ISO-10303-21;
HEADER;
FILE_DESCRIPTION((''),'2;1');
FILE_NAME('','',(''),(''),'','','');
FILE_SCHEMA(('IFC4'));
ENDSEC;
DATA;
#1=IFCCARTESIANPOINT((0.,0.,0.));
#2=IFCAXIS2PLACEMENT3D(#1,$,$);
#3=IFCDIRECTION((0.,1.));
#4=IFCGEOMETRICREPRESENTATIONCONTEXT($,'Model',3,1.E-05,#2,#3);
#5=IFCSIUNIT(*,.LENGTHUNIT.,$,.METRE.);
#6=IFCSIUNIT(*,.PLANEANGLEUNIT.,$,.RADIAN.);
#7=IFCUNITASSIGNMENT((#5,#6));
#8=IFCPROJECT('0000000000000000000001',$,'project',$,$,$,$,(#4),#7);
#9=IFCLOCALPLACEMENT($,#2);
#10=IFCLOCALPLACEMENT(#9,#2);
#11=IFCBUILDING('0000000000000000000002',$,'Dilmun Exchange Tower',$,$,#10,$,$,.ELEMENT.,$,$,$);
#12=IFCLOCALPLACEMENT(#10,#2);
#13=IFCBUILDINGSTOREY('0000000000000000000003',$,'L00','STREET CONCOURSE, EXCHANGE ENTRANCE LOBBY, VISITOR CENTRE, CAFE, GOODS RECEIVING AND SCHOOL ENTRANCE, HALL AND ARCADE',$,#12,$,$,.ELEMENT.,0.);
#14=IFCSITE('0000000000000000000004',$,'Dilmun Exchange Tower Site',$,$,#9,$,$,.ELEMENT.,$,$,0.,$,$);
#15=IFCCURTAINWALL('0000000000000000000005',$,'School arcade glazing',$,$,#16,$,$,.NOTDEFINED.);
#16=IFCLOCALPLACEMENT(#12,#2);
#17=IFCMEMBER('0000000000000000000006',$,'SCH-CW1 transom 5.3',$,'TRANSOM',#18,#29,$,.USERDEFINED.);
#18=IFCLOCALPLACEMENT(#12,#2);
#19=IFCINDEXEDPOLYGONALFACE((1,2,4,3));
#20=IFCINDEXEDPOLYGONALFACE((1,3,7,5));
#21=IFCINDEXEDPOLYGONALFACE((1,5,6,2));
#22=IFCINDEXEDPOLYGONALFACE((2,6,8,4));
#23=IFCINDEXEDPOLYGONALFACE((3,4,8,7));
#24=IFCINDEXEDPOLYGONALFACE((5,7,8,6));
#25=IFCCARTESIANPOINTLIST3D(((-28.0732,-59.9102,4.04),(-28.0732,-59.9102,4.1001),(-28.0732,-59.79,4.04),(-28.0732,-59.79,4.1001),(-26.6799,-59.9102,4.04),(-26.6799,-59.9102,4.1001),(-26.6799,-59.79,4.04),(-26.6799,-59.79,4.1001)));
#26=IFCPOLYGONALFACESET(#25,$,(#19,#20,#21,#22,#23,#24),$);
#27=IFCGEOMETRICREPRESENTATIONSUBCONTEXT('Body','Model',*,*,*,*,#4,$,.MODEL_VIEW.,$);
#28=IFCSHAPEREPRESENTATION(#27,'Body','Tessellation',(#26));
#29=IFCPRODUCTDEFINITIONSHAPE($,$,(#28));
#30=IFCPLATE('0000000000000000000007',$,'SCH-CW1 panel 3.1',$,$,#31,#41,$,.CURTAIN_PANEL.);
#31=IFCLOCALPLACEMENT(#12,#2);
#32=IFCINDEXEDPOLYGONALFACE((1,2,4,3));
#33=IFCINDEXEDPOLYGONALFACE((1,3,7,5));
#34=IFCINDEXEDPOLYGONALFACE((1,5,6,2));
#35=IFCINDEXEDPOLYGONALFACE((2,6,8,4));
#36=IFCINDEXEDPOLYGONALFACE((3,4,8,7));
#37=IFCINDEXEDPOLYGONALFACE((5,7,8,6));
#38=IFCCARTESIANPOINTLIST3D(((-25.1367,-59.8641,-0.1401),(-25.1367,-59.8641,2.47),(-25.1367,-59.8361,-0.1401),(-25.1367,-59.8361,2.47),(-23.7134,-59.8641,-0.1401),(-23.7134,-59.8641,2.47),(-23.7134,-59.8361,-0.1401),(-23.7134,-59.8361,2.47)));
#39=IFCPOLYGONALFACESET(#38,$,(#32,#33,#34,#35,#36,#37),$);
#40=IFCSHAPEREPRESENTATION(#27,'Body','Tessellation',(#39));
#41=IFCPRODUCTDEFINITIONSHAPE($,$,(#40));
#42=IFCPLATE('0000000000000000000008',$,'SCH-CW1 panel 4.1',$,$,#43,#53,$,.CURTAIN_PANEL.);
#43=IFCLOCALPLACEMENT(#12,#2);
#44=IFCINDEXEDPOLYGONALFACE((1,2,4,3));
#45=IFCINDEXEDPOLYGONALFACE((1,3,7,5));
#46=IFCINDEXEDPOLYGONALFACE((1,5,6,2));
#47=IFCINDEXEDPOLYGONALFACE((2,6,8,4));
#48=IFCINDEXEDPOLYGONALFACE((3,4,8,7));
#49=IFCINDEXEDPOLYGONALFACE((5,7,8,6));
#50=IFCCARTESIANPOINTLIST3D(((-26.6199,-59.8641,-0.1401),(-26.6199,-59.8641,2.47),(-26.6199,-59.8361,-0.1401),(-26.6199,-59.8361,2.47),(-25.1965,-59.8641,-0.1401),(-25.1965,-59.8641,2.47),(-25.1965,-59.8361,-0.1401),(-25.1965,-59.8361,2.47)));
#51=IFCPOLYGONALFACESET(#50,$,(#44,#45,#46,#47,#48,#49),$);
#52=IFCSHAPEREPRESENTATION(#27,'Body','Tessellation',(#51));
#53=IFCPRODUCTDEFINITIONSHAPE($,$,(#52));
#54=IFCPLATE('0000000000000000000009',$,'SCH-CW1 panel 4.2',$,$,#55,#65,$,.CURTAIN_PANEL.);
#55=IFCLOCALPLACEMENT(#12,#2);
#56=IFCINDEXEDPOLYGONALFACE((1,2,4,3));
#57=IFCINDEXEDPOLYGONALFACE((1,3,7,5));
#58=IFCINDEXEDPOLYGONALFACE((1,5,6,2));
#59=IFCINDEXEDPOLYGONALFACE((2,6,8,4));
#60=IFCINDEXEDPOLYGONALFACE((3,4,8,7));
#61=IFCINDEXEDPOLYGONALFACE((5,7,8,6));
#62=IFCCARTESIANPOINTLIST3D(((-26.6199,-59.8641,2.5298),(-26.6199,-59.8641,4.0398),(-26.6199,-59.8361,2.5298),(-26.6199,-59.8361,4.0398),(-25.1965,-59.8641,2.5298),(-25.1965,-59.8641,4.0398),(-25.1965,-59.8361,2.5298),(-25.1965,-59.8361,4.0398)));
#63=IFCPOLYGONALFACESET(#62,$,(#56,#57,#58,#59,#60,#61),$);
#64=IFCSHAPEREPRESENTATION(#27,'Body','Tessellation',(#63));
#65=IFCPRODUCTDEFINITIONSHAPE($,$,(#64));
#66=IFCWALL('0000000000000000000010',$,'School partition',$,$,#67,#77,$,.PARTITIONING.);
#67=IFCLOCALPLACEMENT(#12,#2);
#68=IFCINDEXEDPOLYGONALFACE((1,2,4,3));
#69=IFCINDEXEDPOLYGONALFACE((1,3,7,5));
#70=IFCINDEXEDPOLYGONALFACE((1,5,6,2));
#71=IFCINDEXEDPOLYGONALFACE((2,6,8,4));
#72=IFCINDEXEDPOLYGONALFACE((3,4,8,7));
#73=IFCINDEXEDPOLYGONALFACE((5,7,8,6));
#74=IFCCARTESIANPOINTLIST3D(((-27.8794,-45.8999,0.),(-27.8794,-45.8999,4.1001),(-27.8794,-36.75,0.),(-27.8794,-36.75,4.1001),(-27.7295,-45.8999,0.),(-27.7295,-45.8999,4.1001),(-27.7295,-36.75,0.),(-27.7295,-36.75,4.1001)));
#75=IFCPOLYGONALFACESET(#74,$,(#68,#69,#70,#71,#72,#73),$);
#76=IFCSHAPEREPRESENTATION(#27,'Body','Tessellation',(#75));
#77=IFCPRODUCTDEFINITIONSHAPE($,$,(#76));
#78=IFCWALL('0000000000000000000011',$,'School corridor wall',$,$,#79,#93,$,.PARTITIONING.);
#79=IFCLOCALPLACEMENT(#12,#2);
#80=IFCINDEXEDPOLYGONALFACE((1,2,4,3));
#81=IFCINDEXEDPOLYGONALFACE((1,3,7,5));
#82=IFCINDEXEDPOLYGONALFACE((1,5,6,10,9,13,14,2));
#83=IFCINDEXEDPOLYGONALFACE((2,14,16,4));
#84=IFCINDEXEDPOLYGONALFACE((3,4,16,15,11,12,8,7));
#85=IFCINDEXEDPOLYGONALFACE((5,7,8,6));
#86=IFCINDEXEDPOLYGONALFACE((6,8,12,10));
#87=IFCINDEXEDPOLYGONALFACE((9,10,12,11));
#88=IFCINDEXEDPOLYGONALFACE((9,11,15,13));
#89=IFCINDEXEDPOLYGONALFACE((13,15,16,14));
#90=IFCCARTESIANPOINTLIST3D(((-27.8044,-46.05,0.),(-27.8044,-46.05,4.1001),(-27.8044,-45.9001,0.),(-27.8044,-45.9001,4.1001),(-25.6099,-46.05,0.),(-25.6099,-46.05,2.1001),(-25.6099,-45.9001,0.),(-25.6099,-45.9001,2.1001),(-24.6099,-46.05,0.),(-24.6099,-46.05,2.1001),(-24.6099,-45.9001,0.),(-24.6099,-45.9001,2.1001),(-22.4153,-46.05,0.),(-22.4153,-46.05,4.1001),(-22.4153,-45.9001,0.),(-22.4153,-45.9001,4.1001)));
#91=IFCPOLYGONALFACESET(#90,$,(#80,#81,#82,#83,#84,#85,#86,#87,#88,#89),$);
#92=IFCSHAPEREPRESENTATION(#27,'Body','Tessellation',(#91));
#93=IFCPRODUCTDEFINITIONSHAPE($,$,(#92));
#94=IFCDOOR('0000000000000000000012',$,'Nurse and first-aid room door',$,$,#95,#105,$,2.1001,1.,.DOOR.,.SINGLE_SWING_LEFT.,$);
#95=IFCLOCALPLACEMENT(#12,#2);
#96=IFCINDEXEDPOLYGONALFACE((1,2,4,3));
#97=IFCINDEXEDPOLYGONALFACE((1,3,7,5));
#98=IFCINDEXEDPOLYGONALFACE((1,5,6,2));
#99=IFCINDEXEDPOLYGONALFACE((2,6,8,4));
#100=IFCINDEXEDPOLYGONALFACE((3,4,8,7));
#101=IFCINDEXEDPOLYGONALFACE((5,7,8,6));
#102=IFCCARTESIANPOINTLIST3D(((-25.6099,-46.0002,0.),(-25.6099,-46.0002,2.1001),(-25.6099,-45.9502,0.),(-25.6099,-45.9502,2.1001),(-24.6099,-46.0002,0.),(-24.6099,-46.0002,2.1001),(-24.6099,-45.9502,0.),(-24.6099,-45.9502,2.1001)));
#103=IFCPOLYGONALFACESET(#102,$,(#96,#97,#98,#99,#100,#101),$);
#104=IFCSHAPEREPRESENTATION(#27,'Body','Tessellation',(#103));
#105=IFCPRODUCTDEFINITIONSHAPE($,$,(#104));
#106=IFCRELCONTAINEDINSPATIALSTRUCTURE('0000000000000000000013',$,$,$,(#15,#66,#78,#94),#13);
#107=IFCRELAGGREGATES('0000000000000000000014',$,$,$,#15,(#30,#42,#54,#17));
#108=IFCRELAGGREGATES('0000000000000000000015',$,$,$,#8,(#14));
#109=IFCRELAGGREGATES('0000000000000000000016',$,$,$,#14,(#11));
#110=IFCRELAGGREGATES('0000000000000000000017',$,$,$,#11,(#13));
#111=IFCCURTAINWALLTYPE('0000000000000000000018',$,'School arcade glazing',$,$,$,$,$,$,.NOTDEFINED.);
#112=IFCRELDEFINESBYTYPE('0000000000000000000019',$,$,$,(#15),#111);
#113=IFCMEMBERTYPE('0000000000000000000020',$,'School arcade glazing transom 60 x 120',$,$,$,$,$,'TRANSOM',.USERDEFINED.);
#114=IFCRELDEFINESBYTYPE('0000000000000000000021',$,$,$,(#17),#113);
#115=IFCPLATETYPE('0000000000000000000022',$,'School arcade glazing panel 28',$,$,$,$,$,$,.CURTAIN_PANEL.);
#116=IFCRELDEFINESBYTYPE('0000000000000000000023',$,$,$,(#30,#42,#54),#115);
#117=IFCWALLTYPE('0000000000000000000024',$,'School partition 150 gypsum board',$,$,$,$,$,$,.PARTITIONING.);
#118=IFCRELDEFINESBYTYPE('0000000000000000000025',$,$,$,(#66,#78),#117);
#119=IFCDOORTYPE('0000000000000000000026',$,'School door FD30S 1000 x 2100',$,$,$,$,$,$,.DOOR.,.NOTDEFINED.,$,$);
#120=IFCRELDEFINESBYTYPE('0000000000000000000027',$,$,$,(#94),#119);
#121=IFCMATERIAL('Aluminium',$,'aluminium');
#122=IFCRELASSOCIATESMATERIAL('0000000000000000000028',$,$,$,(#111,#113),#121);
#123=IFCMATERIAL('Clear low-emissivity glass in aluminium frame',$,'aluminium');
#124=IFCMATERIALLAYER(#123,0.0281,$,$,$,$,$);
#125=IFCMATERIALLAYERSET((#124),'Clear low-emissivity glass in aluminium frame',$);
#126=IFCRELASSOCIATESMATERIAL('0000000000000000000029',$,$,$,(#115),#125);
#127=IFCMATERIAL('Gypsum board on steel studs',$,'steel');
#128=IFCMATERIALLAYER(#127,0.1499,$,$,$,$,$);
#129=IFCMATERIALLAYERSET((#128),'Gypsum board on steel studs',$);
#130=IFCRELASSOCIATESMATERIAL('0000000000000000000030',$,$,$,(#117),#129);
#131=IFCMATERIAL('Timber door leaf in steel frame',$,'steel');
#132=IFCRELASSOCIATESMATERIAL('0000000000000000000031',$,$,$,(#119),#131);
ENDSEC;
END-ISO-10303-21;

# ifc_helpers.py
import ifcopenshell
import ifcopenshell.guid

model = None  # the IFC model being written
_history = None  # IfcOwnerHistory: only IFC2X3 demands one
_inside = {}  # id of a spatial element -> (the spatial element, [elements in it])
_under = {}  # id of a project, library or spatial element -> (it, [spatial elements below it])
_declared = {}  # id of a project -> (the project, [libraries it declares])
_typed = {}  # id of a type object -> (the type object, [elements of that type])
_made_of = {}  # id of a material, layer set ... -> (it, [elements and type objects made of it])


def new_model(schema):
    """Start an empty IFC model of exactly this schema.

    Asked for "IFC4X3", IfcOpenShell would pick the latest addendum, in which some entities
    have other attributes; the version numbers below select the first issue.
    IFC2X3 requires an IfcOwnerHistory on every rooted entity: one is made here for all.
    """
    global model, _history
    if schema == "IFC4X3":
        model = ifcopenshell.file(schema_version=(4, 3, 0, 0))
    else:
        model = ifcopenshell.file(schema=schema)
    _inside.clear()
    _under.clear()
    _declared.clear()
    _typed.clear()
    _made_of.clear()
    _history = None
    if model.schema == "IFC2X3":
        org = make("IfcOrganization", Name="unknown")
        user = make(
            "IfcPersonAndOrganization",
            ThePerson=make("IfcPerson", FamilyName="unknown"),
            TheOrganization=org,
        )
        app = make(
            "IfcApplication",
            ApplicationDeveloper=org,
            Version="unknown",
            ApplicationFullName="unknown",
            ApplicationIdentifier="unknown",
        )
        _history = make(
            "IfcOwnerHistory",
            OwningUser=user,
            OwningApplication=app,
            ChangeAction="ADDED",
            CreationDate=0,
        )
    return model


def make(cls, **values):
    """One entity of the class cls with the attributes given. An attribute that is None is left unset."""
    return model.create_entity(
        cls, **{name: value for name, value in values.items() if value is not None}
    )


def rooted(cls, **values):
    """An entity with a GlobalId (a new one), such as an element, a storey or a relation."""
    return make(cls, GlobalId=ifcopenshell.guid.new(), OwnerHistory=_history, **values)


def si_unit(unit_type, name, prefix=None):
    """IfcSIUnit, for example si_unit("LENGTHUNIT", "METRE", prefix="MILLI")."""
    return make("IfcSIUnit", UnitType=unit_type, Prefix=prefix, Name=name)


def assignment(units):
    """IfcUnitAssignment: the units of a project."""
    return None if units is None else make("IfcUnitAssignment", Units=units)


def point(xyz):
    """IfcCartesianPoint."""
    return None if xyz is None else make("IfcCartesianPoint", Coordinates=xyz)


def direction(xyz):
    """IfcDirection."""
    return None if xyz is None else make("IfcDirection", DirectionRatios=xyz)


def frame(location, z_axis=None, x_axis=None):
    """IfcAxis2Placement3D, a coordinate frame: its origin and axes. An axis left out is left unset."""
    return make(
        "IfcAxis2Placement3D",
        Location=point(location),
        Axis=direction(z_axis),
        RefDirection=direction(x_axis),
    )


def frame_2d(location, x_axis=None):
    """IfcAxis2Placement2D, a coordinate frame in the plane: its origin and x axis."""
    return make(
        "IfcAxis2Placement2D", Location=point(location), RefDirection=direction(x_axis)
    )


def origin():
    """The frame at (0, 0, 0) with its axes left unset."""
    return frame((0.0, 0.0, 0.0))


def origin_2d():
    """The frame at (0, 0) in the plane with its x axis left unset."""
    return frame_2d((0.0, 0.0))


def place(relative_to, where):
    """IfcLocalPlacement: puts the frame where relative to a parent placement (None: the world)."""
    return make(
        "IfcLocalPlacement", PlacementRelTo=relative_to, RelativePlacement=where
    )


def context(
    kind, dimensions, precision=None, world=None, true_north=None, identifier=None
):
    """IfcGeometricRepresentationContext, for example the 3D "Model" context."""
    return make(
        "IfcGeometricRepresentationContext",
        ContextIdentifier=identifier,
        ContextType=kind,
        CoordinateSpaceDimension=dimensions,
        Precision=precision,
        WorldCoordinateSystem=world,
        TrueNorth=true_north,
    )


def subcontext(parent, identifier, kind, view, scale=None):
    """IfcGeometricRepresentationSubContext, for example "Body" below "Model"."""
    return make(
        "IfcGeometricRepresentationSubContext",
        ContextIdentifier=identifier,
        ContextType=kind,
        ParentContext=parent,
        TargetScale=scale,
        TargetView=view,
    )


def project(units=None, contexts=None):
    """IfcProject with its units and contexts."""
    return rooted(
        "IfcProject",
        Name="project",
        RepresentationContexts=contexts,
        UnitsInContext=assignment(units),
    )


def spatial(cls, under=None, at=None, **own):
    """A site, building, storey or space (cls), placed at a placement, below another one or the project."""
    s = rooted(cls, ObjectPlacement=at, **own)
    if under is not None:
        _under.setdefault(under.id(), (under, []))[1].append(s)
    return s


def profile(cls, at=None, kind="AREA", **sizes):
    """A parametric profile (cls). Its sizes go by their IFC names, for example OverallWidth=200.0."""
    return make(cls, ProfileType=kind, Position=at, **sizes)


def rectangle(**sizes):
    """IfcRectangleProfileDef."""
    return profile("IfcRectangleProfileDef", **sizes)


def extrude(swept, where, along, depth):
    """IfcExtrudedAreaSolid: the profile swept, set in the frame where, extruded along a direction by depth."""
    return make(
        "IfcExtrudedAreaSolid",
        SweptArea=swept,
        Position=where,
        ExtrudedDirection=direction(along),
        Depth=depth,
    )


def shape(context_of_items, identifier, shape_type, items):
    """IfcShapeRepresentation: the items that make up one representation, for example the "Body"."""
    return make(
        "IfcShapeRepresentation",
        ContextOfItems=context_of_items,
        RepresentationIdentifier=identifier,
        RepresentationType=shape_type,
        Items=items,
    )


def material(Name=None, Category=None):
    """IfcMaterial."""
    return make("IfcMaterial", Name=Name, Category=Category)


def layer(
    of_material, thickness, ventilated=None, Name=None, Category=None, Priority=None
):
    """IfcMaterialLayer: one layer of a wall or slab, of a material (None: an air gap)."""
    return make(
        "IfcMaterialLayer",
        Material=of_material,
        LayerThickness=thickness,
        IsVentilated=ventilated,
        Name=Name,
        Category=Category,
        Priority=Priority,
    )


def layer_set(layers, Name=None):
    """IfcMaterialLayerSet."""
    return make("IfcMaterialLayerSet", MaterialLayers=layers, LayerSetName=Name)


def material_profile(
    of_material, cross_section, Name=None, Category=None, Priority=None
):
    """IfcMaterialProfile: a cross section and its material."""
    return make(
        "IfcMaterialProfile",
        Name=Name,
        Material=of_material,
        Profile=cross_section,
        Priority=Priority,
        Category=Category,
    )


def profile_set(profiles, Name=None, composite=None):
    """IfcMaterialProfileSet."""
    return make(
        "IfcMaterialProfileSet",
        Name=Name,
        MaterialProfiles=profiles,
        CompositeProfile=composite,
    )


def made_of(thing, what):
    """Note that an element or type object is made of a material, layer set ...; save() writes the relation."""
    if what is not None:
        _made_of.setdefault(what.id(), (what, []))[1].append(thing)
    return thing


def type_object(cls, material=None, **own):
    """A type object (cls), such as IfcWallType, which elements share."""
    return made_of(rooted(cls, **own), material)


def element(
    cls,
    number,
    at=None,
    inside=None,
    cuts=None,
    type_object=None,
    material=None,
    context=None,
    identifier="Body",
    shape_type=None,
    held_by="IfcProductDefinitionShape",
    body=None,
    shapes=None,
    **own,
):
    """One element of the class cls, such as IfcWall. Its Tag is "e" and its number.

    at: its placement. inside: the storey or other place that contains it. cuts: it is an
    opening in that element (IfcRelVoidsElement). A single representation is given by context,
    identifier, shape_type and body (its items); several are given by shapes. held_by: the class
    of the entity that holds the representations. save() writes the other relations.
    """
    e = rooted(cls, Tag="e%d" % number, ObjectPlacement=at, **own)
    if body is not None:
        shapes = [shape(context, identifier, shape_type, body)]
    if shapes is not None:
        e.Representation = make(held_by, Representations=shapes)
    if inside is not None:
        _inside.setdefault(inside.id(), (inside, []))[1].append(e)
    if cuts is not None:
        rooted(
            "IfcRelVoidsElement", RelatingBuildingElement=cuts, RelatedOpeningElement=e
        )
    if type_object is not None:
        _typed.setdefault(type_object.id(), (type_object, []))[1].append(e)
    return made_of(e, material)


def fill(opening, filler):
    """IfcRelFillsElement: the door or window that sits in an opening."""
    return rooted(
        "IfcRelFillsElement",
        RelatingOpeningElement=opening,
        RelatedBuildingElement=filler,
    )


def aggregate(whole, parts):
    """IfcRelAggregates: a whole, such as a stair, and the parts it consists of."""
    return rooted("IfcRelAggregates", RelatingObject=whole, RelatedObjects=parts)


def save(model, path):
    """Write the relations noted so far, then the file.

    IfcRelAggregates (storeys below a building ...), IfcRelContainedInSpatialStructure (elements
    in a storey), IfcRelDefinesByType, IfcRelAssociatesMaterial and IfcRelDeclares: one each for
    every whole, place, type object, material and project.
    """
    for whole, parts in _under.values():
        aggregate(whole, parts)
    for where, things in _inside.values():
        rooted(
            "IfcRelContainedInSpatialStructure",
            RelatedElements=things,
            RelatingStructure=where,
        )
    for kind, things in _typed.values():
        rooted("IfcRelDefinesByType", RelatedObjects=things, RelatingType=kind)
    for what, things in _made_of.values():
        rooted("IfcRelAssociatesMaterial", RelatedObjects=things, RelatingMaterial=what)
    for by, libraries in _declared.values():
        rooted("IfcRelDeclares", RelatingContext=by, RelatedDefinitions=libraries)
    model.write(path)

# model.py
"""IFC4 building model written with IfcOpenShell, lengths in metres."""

from ifc_helpers import new_model, si_unit, direction, frame, frame_2d, origin, origin_2d, place, context, subcontext, project, spatial, rectangle, extrude, material, layer, layer_set, material_profile, profile_set, type_object, element, fill, aggregate, save


model = new_model("IFC4")

# Units and contexts
model_context = context("Model", 3, precision=1e-05, world=origin(), true_north=direction((0.0, 1.0)))
body_context = subcontext(model_context, "Body", "Model", "MODEL_VIEW")
ifc_project = project(units=[si_unit("LENGTHUNIT", "METRE"), si_unit("PLANEANGLEUNIT", "RADIAN")], contexts=[model_context])

# Site, building, storey
site_placement = place(None, origin())
site = spatial("IfcSite", under=ifc_project, at=site_placement, Name="Dilmun Exchange Tower Site", CompositionType="ELEMENT", RefElevation=0.0)
building_placement = place(site_placement, origin())
building = spatial("IfcBuilding", under=site, at=building_placement, Name="Dilmun Exchange Tower", CompositionType="ELEMENT")
storey_placement = place(building_placement, origin())
storey = spatial("IfcBuildingStorey", under=building, at=storey_placement, Name="L00", Description="STREET CONCOURSE, EXCHANGE ENTRANCE LOBBY, VISITOR CENTRE, CAFE, GOODS RECEIVING AND SCHOOL ENTRANCE, HALL AND ARCADE", CompositionType="ELEMENT", Elevation=0.0)

# Curtain wall, member, plates
ifc_material_1 = material(Name="Aluminium", Category="aluminium")
curtain_wall_type = type_object("IfcCurtainWallType", Name="School arcade glazing", PredefinedType="NOTDEFINED", material=ifc_material_1)
curtain_wall_placement = place(storey_placement, origin())
curtain_wall = element("IfcCurtainWall", 1, at=curtain_wall_placement, inside=storey, type_object=curtain_wall_type, Name="School arcade glazing", PredefinedType="NOTDEFINED")
ifc_material_profile_1 = material_profile(ifc_material_1, rectangle(XDim=0.1201, YDim=0.0601, at=origin_2d()), Name="60 x 120")
ifc_profile_set_1 = profile_set([ifc_material_profile_1], Name="Aluminium")
member_type_1 = type_object("IfcMemberType", Name="School arcade glazing transom 60 x 120", ElementType="TRANSOM", PredefinedType="USERDEFINED", material=ifc_profile_set_1)
member_1_placement = place(storey_placement, frame((-26.6799, -59.8501, 4.0701), z_axis=(-1.0, 0.0, 0.0), x_axis=(0.0, -1.0, 0.0)))
member_1 = element("IfcMember", 2, at=member_1_placement, type_object=member_type_1, Name="SCH-CW1 transom 5.3", ObjectType="TRANSOM", PredefinedType="USERDEFINED", context=body_context, shape_type="SweptSolid", body=[
    extrude(rectangle(XDim=0.1201, YDim=0.0601, at=origin_2d()), origin(), (0.0, 0.0, 1.0), 1.3933),
])
ifc_material_2 = material(Name="Clear low-emissivity glass in aluminium frame", Category="aluminium")
ifc_layer_1 = layer(ifc_material_2, 0.0281)
ifc_layer_set_1 = layer_set([ifc_layer_1], Name="Clear low-emissivity glass in aluminium frame")
plate_type = type_object("IfcPlateType", Name="School arcade glazing panel 28", PredefinedType="CURTAIN_PANEL", material=ifc_layer_set_1)
plate_1_placement = place(storey_placement, frame((-24.425, -59.8501, -0.1401), z_axis=(0.0, 0.0, 1.0), x_axis=(-1.0, 0.0, 0.0)))
plate_1 = element("IfcPlate", 3, at=plate_1_placement, type_object=plate_type, Name="SCH-CW1 panel 3.1", PredefinedType="CURTAIN_PANEL", context=body_context, shape_type="SweptSolid", body=[
    extrude(rectangle(XDim=1.4233, YDim=0.0281, at=origin_2d()), origin(), (0.0, 0.0, 1.0), 2.6101),
])
plate_2_placement = place(storey_placement, frame((-25.9082, -59.8501, -0.1401), z_axis=(0.0, 0.0, 1.0), x_axis=(-1.0, 0.0, 0.0)))
plate_2 = element("IfcPlate", 4, at=plate_2_placement, type_object=plate_type, Name="SCH-CW1 panel 4.1", PredefinedType="CURTAIN_PANEL", context=body_context, shape_type="SweptSolid", body=[
    extrude(rectangle(XDim=1.4233, YDim=0.0281, at=origin_2d()), origin(), (0.0, 0.0, 1.0), 2.6101),
])
plate_3_placement = place(storey_placement, frame((-25.9082, -59.8501, 2.5298), z_axis=(0.0, 0.0, 1.0), x_axis=(-1.0, 0.0, 0.0)))
plate_3 = element("IfcPlate", 5, at=plate_3_placement, type_object=plate_type, Name="SCH-CW1 panel 4.2", PredefinedType="CURTAIN_PANEL", context=body_context, shape_type="SweptSolid", body=[
    extrude(rectangle(XDim=1.4233, YDim=0.0281, at=origin_2d()), origin(), (0.0, 0.0, 1.0), 1.51),
])
aggregate(curtain_wall, [plate_1, plate_2, plate_3, member_1])

# Wall
ifc_material_3 = material(Name="Gypsum board on steel studs", Category="steel")
ifc_layer_2 = layer(ifc_material_3, 0.1499)
ifc_layer_set_2 = layer_set([ifc_layer_2], Name="Gypsum board on steel studs")
wall_type = type_object("IfcWallType", Name="School partition 150 gypsum board", PredefinedType="PARTITIONING", material=ifc_layer_set_2)
wall_1_placement = place(storey_placement, frame((-27.8044, -45.8999, 0.0), z_axis=(0.0, 0.0, 1.0), x_axis=(0.0, 1.0, 0.0)))
element("IfcWall", 6, at=wall_1_placement, inside=storey, type_object=wall_type, Name="School partition", PredefinedType="PARTITIONING", context=body_context, shape_type="SweptSolid", body=[
    extrude(rectangle(XDim=9.1499, YDim=0.1499, at=frame_2d((4.575, 0.0))), origin(), (0.0, 0.0, 1.0), 4.1001),
])

# Wall, opening, door
wall_2_placement = place(storey_placement, frame((-27.8044, -45.9751, 0.0), z_axis=(0.0, 0.0, 1.0), x_axis=(1.0, 0.0, 0.0)))
wall_2 = element("IfcWall", 7, at=wall_2_placement, inside=storey, type_object=wall_type, Name="School corridor wall", PredefinedType="PARTITIONING", context=body_context, shape_type="SweptSolid", body=[
    extrude(rectangle(XDim=5.3892, YDim=0.1499, at=frame_2d((2.6946, 0.0))), origin(), (0.0, 0.0, 1.0), 4.1001),
])
opening_placement = place(wall_2_placement, frame((2.1946, 0.0, 0.0)))
opening = element("IfcOpeningElement", 8, at=opening_placement, cuts=wall_2, PredefinedType="OPENING", context=body_context, shape_type="SweptSolid", body=[
    extrude(rectangle(XDim=1.0, YDim=2.1001, at=frame_2d((0.5, 1.05))), frame((0.0, 0.085, 0.0), z_axis=(0.0, -1.0, 0.0), x_axis=(1.0, 0.0, 0.0)), (0.0, 0.0, 1.0), 0.1699),
])
ifc_material_4 = material(Name="Timber door leaf in steel frame", Category="steel")
door_type = type_object("IfcDoorType", Name="School door FD30S 1000 x 2100", OperationType="NOTDEFINED", PredefinedType="DOOR", material=ifc_material_4)
door_placement = place(opening_placement, origin())
door = element("IfcDoor", 9, at=door_placement, inside=storey, type_object=door_type, Name="Nurse and first-aid room door", OperationType="SINGLE_SWING_LEFT", OverallHeight=2.1001, OverallWidth=1.0, PredefinedType="DOOR", context=body_context, shape_type="SweptSolid", body=[
    extrude(rectangle(XDim=1.0, YDim=2.1001, at=frame_2d((0.5, 1.05))), frame((0.0, 0.0249, 0.0), z_axis=(0.0, -1.0, 0.0), x_axis=(1.0, 0.0, 0.0)), (0.0, 0.0, 1.0), 0.05),
])
fill(opening, door)

save(model, "model.ifc")
